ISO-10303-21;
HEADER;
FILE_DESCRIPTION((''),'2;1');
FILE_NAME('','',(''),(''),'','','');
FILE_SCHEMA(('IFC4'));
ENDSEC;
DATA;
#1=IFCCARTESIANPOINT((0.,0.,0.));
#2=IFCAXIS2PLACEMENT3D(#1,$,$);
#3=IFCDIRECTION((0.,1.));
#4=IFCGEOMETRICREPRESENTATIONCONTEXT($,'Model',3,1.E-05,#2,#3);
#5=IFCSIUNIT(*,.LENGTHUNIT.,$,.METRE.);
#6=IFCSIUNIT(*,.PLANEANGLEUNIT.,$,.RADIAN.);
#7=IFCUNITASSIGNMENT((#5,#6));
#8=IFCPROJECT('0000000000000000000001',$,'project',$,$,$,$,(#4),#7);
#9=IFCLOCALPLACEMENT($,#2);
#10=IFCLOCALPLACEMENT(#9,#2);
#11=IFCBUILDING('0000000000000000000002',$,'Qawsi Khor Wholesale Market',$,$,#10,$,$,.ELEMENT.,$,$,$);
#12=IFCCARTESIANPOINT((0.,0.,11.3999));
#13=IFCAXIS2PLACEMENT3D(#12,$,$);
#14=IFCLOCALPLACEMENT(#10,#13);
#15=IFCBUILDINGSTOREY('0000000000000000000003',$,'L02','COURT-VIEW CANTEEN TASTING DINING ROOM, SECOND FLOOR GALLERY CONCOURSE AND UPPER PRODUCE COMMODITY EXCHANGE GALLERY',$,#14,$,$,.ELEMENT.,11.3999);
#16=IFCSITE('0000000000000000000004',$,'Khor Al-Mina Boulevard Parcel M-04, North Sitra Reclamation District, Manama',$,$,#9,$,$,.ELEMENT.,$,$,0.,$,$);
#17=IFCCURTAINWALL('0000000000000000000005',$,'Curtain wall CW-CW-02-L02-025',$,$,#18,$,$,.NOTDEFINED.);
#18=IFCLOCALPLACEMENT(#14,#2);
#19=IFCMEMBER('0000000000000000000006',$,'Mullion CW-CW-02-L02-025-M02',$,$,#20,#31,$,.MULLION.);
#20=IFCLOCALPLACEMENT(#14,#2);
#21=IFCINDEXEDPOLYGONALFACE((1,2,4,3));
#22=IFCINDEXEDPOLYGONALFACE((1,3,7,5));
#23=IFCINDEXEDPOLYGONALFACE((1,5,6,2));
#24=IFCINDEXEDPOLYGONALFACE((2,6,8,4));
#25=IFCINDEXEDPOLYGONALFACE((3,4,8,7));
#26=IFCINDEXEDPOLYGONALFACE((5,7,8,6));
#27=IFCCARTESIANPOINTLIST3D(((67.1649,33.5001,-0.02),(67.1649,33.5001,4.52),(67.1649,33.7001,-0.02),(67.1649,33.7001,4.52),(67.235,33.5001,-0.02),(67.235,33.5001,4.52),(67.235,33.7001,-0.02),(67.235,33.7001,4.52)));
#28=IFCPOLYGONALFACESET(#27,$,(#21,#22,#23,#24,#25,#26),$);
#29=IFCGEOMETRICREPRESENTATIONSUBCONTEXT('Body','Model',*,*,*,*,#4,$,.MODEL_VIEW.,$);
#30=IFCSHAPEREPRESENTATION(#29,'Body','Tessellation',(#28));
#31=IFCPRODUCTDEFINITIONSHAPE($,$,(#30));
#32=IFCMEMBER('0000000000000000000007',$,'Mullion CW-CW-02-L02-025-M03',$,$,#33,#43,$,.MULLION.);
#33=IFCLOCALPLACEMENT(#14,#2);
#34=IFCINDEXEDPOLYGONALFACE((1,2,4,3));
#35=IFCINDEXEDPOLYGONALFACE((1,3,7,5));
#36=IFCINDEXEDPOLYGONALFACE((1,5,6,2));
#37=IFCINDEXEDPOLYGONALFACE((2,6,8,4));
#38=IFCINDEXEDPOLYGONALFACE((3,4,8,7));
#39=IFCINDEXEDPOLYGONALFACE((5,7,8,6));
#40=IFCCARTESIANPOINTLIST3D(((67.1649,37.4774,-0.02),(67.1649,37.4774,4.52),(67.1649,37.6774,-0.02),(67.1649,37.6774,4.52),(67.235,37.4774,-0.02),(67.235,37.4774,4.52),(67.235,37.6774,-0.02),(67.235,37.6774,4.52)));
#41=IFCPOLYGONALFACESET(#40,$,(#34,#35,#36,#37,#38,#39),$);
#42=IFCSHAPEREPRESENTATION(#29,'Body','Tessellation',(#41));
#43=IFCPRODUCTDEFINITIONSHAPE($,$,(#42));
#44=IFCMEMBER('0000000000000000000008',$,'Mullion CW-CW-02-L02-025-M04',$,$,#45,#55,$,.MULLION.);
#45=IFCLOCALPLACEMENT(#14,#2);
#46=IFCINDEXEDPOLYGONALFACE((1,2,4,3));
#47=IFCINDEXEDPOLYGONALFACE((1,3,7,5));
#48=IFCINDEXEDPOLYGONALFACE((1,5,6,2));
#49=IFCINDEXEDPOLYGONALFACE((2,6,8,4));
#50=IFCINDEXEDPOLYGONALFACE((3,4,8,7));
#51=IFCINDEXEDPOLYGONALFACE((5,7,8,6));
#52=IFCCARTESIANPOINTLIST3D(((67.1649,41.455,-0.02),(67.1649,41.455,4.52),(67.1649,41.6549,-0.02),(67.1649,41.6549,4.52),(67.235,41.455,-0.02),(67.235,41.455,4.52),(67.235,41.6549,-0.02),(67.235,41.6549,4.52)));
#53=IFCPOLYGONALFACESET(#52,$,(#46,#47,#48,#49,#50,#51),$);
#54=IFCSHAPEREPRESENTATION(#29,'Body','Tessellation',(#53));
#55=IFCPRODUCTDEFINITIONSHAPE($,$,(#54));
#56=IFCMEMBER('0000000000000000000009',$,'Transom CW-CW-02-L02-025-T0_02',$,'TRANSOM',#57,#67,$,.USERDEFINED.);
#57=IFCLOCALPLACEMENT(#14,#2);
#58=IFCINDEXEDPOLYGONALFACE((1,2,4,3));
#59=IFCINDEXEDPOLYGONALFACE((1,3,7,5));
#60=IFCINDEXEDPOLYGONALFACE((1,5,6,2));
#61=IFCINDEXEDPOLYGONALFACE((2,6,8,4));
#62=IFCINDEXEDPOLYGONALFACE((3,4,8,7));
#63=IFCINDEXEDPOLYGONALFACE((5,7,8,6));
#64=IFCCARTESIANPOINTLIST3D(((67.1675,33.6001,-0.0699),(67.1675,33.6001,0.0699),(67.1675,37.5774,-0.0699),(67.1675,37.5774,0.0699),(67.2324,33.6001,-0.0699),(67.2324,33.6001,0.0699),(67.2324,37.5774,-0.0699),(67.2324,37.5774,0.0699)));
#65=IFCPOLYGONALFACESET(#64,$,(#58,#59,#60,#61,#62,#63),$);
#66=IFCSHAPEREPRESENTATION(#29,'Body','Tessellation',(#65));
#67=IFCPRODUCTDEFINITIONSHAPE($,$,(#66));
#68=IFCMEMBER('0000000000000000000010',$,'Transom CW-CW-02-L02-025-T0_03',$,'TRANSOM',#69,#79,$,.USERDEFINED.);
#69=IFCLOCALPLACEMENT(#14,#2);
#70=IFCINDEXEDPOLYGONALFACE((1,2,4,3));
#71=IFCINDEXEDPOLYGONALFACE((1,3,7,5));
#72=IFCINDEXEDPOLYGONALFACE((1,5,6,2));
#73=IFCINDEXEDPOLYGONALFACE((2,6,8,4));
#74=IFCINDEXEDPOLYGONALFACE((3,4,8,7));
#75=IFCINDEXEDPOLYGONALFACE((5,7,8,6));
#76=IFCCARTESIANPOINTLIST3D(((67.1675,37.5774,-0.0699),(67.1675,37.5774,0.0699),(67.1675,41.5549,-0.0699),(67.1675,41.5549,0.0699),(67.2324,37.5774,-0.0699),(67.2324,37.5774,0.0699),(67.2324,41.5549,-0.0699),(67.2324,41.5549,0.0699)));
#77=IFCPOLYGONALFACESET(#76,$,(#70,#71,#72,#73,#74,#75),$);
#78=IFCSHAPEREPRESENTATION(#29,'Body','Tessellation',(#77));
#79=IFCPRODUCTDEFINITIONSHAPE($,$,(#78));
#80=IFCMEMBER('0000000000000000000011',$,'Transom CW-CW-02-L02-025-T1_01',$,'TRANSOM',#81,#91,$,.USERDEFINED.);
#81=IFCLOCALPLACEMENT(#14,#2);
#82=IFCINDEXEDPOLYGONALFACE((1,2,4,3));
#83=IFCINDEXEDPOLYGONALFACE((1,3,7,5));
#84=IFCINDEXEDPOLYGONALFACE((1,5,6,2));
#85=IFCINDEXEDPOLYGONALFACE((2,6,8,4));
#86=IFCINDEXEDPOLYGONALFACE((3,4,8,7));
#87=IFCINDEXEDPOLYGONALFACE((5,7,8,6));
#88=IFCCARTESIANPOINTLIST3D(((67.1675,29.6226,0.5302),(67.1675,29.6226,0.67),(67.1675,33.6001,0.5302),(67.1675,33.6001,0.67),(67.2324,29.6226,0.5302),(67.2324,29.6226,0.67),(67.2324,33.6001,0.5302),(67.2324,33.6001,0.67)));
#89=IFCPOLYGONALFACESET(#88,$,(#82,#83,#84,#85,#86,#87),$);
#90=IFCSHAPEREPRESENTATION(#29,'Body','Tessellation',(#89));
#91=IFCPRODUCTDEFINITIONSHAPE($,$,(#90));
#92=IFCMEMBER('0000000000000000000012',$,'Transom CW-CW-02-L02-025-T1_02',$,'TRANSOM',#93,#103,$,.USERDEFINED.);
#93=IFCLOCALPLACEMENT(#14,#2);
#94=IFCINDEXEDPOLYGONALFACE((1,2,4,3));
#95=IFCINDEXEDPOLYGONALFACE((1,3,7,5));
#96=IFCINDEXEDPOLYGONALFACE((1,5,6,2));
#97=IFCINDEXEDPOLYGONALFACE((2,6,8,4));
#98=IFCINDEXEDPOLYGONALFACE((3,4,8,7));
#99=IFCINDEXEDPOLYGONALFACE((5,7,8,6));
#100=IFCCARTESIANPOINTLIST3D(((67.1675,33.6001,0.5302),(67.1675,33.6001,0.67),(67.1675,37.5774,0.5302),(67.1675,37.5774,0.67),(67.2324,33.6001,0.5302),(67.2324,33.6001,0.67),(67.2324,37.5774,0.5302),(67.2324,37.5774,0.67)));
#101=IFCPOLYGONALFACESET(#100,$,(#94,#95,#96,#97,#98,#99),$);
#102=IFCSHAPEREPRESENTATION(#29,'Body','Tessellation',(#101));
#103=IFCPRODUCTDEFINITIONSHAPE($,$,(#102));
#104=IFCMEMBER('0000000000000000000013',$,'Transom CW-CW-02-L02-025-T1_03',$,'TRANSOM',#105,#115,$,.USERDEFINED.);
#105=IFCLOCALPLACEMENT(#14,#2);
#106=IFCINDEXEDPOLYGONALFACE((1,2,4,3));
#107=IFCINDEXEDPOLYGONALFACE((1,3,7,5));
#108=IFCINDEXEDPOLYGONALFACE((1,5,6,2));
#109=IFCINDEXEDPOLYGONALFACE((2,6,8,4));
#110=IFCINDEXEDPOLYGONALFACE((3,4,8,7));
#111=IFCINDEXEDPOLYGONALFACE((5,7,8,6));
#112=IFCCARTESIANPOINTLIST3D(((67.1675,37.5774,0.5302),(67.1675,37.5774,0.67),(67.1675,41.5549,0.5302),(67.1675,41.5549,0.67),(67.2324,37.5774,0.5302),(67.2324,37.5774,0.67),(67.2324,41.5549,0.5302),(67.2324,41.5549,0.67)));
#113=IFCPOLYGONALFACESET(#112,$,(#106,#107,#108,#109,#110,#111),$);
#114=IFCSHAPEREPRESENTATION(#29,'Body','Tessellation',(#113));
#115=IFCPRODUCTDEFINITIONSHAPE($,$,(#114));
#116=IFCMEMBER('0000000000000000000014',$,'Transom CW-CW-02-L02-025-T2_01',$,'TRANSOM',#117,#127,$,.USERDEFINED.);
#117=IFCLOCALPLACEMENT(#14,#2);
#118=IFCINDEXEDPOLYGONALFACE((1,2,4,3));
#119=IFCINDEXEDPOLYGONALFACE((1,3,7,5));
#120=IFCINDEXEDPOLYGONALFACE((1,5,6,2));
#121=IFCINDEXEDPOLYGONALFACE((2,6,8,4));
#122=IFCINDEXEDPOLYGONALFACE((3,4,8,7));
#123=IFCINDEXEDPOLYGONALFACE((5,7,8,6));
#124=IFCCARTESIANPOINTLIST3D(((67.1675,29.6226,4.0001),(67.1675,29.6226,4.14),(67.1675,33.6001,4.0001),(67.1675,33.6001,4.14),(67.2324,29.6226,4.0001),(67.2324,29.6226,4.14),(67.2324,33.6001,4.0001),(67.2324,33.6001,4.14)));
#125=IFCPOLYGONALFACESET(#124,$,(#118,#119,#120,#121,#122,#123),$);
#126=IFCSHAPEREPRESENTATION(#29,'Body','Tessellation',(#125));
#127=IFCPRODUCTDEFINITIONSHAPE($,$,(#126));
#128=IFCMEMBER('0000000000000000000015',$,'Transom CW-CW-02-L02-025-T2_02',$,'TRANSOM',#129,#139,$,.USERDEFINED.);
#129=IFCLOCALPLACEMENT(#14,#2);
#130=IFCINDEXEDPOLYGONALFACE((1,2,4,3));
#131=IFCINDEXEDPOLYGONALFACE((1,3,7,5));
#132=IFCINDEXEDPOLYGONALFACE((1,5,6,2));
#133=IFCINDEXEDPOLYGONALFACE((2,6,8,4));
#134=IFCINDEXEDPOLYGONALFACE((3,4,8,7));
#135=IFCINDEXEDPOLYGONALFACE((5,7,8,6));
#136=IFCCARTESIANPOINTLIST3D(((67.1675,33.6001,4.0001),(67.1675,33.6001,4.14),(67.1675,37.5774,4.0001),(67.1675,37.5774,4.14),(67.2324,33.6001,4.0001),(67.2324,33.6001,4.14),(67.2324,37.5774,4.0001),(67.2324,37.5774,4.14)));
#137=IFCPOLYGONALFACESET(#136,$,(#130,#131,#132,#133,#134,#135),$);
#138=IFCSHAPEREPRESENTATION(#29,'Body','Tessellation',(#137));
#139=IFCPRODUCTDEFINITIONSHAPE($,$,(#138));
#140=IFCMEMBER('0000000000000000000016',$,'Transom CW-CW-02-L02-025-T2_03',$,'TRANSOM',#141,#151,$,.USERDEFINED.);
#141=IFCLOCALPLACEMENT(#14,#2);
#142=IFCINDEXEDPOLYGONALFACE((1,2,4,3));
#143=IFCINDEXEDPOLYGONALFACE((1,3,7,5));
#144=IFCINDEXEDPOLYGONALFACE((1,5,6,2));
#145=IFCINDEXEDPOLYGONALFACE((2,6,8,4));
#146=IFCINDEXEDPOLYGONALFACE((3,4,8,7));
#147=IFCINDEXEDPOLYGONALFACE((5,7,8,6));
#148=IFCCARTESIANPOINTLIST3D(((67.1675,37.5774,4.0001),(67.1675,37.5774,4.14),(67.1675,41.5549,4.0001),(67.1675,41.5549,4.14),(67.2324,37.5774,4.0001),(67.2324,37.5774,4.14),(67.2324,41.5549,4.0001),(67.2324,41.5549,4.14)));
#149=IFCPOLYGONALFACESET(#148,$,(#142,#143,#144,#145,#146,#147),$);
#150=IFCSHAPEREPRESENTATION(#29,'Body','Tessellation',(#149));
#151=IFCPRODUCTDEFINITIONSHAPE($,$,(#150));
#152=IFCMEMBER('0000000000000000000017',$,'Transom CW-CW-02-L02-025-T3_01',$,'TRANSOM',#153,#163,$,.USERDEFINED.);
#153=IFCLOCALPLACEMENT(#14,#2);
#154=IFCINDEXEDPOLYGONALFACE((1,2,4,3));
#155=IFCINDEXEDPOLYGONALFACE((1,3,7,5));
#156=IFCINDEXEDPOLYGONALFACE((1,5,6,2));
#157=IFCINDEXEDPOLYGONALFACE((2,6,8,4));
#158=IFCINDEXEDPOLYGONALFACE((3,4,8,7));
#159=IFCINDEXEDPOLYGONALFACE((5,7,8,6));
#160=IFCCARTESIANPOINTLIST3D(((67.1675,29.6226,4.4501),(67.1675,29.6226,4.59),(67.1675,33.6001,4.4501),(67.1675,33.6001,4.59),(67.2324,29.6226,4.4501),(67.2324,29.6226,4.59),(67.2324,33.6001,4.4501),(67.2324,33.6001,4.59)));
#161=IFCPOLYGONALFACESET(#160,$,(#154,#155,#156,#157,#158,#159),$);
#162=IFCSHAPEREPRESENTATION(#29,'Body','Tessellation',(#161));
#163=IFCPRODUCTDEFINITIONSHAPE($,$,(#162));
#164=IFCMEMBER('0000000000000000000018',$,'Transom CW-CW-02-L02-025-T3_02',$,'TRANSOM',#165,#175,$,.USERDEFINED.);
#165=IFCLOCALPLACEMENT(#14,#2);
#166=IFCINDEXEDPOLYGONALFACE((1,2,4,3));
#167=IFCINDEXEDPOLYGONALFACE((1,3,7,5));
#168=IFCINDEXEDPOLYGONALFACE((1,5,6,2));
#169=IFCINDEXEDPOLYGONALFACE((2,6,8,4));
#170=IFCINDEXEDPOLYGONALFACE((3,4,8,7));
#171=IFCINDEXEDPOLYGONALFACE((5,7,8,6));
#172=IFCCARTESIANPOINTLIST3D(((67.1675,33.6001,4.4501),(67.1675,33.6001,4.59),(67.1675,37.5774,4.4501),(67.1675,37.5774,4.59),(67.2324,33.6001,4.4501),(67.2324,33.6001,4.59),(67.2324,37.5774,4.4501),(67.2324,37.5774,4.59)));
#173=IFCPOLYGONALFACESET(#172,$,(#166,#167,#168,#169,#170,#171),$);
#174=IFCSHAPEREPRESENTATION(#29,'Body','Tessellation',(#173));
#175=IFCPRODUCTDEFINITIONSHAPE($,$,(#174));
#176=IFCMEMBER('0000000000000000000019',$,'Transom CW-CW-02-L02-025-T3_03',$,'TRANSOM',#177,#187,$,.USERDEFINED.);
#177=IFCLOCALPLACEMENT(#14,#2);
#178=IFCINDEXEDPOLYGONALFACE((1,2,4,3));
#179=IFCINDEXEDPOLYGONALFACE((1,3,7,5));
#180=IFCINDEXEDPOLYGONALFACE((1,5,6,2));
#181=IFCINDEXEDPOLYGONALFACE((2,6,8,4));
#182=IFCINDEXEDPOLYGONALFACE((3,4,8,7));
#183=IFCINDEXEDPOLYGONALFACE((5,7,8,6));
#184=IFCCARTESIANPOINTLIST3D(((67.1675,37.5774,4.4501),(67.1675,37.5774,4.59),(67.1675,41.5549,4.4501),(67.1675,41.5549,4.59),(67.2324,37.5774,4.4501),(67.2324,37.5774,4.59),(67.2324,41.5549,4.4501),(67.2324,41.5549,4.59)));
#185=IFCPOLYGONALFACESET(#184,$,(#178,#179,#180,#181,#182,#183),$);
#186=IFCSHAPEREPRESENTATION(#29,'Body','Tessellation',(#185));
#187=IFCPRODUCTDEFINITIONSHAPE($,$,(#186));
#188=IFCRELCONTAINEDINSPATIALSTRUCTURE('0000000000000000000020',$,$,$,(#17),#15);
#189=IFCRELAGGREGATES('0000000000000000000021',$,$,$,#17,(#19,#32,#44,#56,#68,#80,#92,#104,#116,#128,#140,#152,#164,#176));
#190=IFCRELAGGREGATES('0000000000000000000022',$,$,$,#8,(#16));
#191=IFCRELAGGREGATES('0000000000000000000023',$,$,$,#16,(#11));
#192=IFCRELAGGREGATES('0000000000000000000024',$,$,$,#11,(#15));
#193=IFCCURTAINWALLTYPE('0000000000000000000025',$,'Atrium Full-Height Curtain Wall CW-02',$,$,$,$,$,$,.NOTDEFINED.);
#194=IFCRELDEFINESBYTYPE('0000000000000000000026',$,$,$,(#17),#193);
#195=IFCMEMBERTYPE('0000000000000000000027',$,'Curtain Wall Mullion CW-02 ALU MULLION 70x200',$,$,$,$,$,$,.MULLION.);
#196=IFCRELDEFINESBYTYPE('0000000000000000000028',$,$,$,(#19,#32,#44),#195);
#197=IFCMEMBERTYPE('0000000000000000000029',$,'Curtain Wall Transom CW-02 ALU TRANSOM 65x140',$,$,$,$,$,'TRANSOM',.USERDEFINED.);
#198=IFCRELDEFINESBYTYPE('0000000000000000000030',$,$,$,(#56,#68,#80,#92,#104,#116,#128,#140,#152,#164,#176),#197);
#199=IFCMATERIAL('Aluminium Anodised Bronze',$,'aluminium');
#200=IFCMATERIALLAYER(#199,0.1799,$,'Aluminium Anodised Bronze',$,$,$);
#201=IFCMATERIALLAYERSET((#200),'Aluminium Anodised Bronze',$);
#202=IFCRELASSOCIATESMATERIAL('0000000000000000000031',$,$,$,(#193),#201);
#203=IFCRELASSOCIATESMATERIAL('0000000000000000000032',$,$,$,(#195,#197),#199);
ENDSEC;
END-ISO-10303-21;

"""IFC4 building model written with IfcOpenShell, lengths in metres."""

from ifc_helpers import new_model, si_unit, direction, frame, origin, origin_2d, place, context, subcontext, project, spatial, rectangle, extrude, material, layer, layer_set, material_profile, profile_set, type_object, element, aggregate, save


model = new_model("IFC4")

# Units and contexts
model_context = context("Model", 3, precision=1e-05, world=origin(), true_north=direction((0.0, 1.0)))
body_context = subcontext(model_context, "Body", "Model", "MODEL_VIEW")
ifc_project = project(units=[si_unit("LENGTHUNIT", "METRE"), si_unit("PLANEANGLEUNIT", "RADIAN")], contexts=[model_context])

# Site, building, storey
site_placement = place(None, origin())
site = spatial("IfcSite", under=ifc_project, at=site_placement, Name="Khor Al-Mina Boulevard Parcel M-04, North Sitra Reclamation District, Manama", CompositionType="ELEMENT", RefElevation=0.0)
building_placement = place(site_placement, origin())
building = spatial("IfcBuilding", under=site, at=building_placement, Name="Qawsi Khor Wholesale Market", CompositionType="ELEMENT")
storey_placement = place(building_placement, frame((0.0, 0.0, 11.3999)))
storey = spatial("IfcBuildingStorey", under=building, at=storey_placement, Name="L02", Description="COURT-VIEW CANTEEN TASTING DINING ROOM, SECOND FLOOR GALLERY CONCOURSE AND UPPER PRODUCE COMMODITY EXCHANGE GALLERY", CompositionType="ELEMENT", Elevation=11.3999)

# Curtain wall, members
ifc_material_1 = material(Name="Aluminium Anodised Bronze", Category="aluminium")
ifc_layer_1 = layer(ifc_material_1, 0.1799, Name="Aluminium Anodised Bronze")
ifc_layer_set_1 = layer_set([ifc_layer_1], Name="Aluminium Anodised Bronze")
curtain_wall_type = type_object("IfcCurtainWallType", Name="Atrium Full-Height Curtain Wall CW-02", PredefinedType="NOTDEFINED", material=ifc_layer_set_1)
curtain_wall_placement = place(storey_placement, origin())
curtain_wall = element("IfcCurtainWall", 1, at=curtain_wall_placement, inside=storey, type_object=curtain_wall_type, Name="Curtain wall CW-CW-02-L02-025", PredefinedType="NOTDEFINED")
ifc_material_profile_1 = material_profile(ifc_material_1, rectangle(XDim=0.0701, YDim=0.2, at=origin_2d()), Name="ALU MULLION 70x200")
ifc_profile_set_1 = profile_set([ifc_material_profile_1], Name="Aluminium Anodised Bronze")
member_type_1 = type_object("IfcMemberType", Name="Curtain Wall Mullion CW-02 ALU MULLION 70x200", PredefinedType="MULLION", material=ifc_profile_set_1)
member_1_placement = place(storey_placement, frame((67.2, 33.6001, -0.02), z_axis=(0.0, 0.0, 1.0), x_axis=(1.0, 0.0, 0.0)))
member_1 = element("IfcMember", 2, at=member_1_placement, type_object=member_type_1, Name="Mullion CW-CW-02-L02-025-M02", PredefinedType="MULLION", context=body_context, shape_type="SweptSolid", body=[
    extrude(rectangle(XDim=0.0701, YDim=0.2, at=origin_2d()), origin(), (0.0, 0.0, 1.0), 4.54),
])
member_2_placement = place(storey_placement, frame((67.2, 37.5774, -0.02), z_axis=(0.0, 0.0, 1.0), x_axis=(1.0, 0.0, 0.0)))
member_2 = element("IfcMember", 3, at=member_2_placement, type_object=member_type_1, Name="Mullion CW-CW-02-L02-025-M03", PredefinedType="MULLION", context=body_context, shape_type="SweptSolid", body=[
    extrude(rectangle(XDim=0.0701, YDim=0.2, at=origin_2d()), origin(), (0.0, 0.0, 1.0), 4.54),
])
member_3_placement = place(storey_placement, frame((67.2, 41.5549, -0.02), z_axis=(0.0, 0.0, 1.0), x_axis=(1.0, 0.0, 0.0)))
member_3 = element("IfcMember", 4, at=member_3_placement, type_object=member_type_1, Name="Mullion CW-CW-02-L02-025-M04", PredefinedType="MULLION", context=body_context, shape_type="SweptSolid", body=[
    extrude(rectangle(XDim=0.0701, YDim=0.2, at=origin_2d()), origin(), (0.0, 0.0, 1.0), 4.54),
])
ifc_material_profile_2 = material_profile(ifc_material_1, rectangle(XDim=0.0649, YDim=0.1399, at=origin_2d()), Name="ALU TRANSOM 65x140")
ifc_profile_set_2 = profile_set([ifc_material_profile_2], Name="Aluminium Anodised Bronze")
member_type_2 = type_object("IfcMemberType", Name="Curtain Wall Transom CW-02 ALU TRANSOM 65x140", ElementType="TRANSOM", PredefinedType="USERDEFINED", material=ifc_profile_set_2)
member_4_placement = place(storey_placement, frame((67.2, 33.6001, 0.0), z_axis=(0.0, 1.0, 0.0), x_axis=(-1.0, 0.0, 0.0)))
member_4 = element("IfcMember", 5, at=member_4_placement, type_object=member_type_2, Name="Transom CW-CW-02-L02-025-T0_02", ObjectType="TRANSOM", PredefinedType="USERDEFINED", context=body_context, shape_type="SweptSolid", body=[
    extrude(rectangle(XDim=0.0649, YDim=0.1399, at=origin_2d()), origin(), (0.0, 0.0, 1.0), 3.9773),
])
member_5_placement = place(storey_placement, frame((67.2, 37.5774, 0.0), z_axis=(0.0, 1.0, 0.0), x_axis=(-1.0, 0.0, 0.0)))
member_5 = element("IfcMember", 6, at=member_5_placement, type_object=member_type_2, Name="Transom CW-CW-02-L02-025-T0_03", ObjectType="TRANSOM", PredefinedType="USERDEFINED", context=body_context, shape_type="SweptSolid", body=[
    extrude(rectangle(XDim=0.0649, YDim=0.1399, at=origin_2d()), origin(), (0.0, 0.0, 1.0), 3.9775),
])
member_6_placement = place(storey_placement, frame((67.2, 29.6226, 0.6001), z_axis=(0.0, 1.0, 0.0), x_axis=(-1.0, 0.0, 0.0)))
member_6 = element("IfcMember", 7, at=member_6_placement, type_object=member_type_2, Name="Transom CW-CW-02-L02-025-T1_01", ObjectType="TRANSOM", PredefinedType="USERDEFINED", context=body_context, shape_type="SweptSolid", body=[
    extrude(rectangle(XDim=0.0649, YDim=0.1399, at=origin_2d()), origin(), (0.0, 0.0, 1.0), 3.9775),
])
member_7_placement = place(storey_placement, frame((67.2, 33.6001, 0.6001), z_axis=(0.0, 1.0, 0.0), x_axis=(-1.0, 0.0, 0.0)))
member_7 = element("IfcMember", 8, at=member_7_placement, type_object=member_type_2, Name="Transom CW-CW-02-L02-025-T1_02", ObjectType="TRANSOM", PredefinedType="USERDEFINED", context=body_context, shape_type="SweptSolid", body=[
    extrude(rectangle(XDim=0.0649, YDim=0.1399, at=origin_2d()), origin(), (0.0, 0.0, 1.0), 3.9773),
])
member_8_placement = place(storey_placement, frame((67.2, 37.5774, 0.6001), z_axis=(0.0, 1.0, 0.0), x_axis=(-1.0, 0.0, 0.0)))
member_8 = element("IfcMember", 9, at=member_8_placement, type_object=member_type_2, Name="Transom CW-CW-02-L02-025-T1_03", ObjectType="TRANSOM", PredefinedType="USERDEFINED", context=body_context, shape_type="SweptSolid", body=[
    extrude(rectangle(XDim=0.0649, YDim=0.1399, at=origin_2d()), origin(), (0.0, 0.0, 1.0), 3.9775),
])
member_9_placement = place(storey_placement, frame((67.2, 29.6226, 4.0701), z_axis=(0.0, 1.0, 0.0), x_axis=(-1.0, 0.0, 0.0)))
member_9 = element("IfcMember", 10, at=member_9_placement, type_object=member_type_2, Name="Transom CW-CW-02-L02-025-T2_01", ObjectType="TRANSOM", PredefinedType="USERDEFINED", context=body_context, shape_type="SweptSolid", body=[
    extrude(rectangle(XDim=0.0649, YDim=0.1399, at=origin_2d()), origin(), (0.0, 0.0, 1.0), 3.9775),
])
member_10_placement = place(storey_placement, frame((67.2, 33.6001, 4.0701), z_axis=(0.0, 1.0, 0.0), x_axis=(-1.0, 0.0, 0.0)))
member_10 = element("IfcMember", 11, at=member_10_placement, type_object=member_type_2, Name="Transom CW-CW-02-L02-025-T2_02", ObjectType="TRANSOM", PredefinedType="USERDEFINED", context=body_context, shape_type="SweptSolid", body=[
    extrude(rectangle(XDim=0.0649, YDim=0.1399, at=origin_2d()), origin(), (0.0, 0.0, 1.0), 3.9773),
])
member_11_placement = place(storey_placement, frame((67.2, 37.5774, 4.0701), z_axis=(0.0, 1.0, 0.0), x_axis=(-1.0, 0.0, 0.0)))
member_11 = element("IfcMember", 12, at=member_11_placement, type_object=member_type_2, Name="Transom CW-CW-02-L02-025-T2_03", ObjectType="TRANSOM", PredefinedType="USERDEFINED", context=body_context, shape_type="SweptSolid", body=[
    extrude(rectangle(XDim=0.0649, YDim=0.1399, at=origin_2d()), origin(), (0.0, 0.0, 1.0), 3.9775),
])
member_12_placement = place(storey_placement, frame((67.2, 29.6226, 4.52), z_axis=(0.0, 1.0, 0.0), x_axis=(-1.0, 0.0, 0.0)))
member_12 = element("IfcMember", 13, at=member_12_placement, type_object=member_type_2, Name="Transom CW-CW-02-L02-025-T3_01", ObjectType="TRANSOM", PredefinedType="USERDEFINED", context=body_context, shape_type="SweptSolid", body=[
    extrude(rectangle(XDim=0.0649, YDim=0.1399, at=origin_2d()), origin(), (0.0, 0.0, 1.0), 3.9775),
])
member_13_placement = place(storey_placement, frame((67.2, 33.6001, 4.52), z_axis=(0.0, 1.0, 0.0), x_axis=(-1.0, 0.0, 0.0)))
member_13 = element("IfcMember", 14, at=member_13_placement, type_object=member_type_2, Name="Transom CW-CW-02-L02-025-T3_02", ObjectType="TRANSOM", PredefinedType="USERDEFINED", context=body_context, shape_type="SweptSolid", body=[
    extrude(rectangle(XDim=0.0649, YDim=0.1399, at=origin_2d()), origin(), (0.0, 0.0, 1.0), 3.9773),
])
member_14_placement = place(storey_placement, frame((67.2, 37.5774, 4.52), z_axis=(0.0, 1.0, 0.0), x_axis=(-1.0, 0.0, 0.0)))
member_14 = element("IfcMember", 15, at=member_14_placement, type_object=member_type_2, Name="Transom CW-CW-02-L02-025-T3_03", ObjectType="TRANSOM", PredefinedType="USERDEFINED", context=body_context, shape_type="SweptSolid", body=[
    extrude(rectangle(XDim=0.0649, YDim=0.1399, at=origin_2d()), origin(), (0.0, 0.0, 1.0), 3.9775),
])
aggregate(curtain_wall, [member_1, member_2, member_3, member_4, member_5, member_6, member_7, member_8, member_9, member_10, member_11, member_12, member_13, member_14])

save(model, "model.ifc")
